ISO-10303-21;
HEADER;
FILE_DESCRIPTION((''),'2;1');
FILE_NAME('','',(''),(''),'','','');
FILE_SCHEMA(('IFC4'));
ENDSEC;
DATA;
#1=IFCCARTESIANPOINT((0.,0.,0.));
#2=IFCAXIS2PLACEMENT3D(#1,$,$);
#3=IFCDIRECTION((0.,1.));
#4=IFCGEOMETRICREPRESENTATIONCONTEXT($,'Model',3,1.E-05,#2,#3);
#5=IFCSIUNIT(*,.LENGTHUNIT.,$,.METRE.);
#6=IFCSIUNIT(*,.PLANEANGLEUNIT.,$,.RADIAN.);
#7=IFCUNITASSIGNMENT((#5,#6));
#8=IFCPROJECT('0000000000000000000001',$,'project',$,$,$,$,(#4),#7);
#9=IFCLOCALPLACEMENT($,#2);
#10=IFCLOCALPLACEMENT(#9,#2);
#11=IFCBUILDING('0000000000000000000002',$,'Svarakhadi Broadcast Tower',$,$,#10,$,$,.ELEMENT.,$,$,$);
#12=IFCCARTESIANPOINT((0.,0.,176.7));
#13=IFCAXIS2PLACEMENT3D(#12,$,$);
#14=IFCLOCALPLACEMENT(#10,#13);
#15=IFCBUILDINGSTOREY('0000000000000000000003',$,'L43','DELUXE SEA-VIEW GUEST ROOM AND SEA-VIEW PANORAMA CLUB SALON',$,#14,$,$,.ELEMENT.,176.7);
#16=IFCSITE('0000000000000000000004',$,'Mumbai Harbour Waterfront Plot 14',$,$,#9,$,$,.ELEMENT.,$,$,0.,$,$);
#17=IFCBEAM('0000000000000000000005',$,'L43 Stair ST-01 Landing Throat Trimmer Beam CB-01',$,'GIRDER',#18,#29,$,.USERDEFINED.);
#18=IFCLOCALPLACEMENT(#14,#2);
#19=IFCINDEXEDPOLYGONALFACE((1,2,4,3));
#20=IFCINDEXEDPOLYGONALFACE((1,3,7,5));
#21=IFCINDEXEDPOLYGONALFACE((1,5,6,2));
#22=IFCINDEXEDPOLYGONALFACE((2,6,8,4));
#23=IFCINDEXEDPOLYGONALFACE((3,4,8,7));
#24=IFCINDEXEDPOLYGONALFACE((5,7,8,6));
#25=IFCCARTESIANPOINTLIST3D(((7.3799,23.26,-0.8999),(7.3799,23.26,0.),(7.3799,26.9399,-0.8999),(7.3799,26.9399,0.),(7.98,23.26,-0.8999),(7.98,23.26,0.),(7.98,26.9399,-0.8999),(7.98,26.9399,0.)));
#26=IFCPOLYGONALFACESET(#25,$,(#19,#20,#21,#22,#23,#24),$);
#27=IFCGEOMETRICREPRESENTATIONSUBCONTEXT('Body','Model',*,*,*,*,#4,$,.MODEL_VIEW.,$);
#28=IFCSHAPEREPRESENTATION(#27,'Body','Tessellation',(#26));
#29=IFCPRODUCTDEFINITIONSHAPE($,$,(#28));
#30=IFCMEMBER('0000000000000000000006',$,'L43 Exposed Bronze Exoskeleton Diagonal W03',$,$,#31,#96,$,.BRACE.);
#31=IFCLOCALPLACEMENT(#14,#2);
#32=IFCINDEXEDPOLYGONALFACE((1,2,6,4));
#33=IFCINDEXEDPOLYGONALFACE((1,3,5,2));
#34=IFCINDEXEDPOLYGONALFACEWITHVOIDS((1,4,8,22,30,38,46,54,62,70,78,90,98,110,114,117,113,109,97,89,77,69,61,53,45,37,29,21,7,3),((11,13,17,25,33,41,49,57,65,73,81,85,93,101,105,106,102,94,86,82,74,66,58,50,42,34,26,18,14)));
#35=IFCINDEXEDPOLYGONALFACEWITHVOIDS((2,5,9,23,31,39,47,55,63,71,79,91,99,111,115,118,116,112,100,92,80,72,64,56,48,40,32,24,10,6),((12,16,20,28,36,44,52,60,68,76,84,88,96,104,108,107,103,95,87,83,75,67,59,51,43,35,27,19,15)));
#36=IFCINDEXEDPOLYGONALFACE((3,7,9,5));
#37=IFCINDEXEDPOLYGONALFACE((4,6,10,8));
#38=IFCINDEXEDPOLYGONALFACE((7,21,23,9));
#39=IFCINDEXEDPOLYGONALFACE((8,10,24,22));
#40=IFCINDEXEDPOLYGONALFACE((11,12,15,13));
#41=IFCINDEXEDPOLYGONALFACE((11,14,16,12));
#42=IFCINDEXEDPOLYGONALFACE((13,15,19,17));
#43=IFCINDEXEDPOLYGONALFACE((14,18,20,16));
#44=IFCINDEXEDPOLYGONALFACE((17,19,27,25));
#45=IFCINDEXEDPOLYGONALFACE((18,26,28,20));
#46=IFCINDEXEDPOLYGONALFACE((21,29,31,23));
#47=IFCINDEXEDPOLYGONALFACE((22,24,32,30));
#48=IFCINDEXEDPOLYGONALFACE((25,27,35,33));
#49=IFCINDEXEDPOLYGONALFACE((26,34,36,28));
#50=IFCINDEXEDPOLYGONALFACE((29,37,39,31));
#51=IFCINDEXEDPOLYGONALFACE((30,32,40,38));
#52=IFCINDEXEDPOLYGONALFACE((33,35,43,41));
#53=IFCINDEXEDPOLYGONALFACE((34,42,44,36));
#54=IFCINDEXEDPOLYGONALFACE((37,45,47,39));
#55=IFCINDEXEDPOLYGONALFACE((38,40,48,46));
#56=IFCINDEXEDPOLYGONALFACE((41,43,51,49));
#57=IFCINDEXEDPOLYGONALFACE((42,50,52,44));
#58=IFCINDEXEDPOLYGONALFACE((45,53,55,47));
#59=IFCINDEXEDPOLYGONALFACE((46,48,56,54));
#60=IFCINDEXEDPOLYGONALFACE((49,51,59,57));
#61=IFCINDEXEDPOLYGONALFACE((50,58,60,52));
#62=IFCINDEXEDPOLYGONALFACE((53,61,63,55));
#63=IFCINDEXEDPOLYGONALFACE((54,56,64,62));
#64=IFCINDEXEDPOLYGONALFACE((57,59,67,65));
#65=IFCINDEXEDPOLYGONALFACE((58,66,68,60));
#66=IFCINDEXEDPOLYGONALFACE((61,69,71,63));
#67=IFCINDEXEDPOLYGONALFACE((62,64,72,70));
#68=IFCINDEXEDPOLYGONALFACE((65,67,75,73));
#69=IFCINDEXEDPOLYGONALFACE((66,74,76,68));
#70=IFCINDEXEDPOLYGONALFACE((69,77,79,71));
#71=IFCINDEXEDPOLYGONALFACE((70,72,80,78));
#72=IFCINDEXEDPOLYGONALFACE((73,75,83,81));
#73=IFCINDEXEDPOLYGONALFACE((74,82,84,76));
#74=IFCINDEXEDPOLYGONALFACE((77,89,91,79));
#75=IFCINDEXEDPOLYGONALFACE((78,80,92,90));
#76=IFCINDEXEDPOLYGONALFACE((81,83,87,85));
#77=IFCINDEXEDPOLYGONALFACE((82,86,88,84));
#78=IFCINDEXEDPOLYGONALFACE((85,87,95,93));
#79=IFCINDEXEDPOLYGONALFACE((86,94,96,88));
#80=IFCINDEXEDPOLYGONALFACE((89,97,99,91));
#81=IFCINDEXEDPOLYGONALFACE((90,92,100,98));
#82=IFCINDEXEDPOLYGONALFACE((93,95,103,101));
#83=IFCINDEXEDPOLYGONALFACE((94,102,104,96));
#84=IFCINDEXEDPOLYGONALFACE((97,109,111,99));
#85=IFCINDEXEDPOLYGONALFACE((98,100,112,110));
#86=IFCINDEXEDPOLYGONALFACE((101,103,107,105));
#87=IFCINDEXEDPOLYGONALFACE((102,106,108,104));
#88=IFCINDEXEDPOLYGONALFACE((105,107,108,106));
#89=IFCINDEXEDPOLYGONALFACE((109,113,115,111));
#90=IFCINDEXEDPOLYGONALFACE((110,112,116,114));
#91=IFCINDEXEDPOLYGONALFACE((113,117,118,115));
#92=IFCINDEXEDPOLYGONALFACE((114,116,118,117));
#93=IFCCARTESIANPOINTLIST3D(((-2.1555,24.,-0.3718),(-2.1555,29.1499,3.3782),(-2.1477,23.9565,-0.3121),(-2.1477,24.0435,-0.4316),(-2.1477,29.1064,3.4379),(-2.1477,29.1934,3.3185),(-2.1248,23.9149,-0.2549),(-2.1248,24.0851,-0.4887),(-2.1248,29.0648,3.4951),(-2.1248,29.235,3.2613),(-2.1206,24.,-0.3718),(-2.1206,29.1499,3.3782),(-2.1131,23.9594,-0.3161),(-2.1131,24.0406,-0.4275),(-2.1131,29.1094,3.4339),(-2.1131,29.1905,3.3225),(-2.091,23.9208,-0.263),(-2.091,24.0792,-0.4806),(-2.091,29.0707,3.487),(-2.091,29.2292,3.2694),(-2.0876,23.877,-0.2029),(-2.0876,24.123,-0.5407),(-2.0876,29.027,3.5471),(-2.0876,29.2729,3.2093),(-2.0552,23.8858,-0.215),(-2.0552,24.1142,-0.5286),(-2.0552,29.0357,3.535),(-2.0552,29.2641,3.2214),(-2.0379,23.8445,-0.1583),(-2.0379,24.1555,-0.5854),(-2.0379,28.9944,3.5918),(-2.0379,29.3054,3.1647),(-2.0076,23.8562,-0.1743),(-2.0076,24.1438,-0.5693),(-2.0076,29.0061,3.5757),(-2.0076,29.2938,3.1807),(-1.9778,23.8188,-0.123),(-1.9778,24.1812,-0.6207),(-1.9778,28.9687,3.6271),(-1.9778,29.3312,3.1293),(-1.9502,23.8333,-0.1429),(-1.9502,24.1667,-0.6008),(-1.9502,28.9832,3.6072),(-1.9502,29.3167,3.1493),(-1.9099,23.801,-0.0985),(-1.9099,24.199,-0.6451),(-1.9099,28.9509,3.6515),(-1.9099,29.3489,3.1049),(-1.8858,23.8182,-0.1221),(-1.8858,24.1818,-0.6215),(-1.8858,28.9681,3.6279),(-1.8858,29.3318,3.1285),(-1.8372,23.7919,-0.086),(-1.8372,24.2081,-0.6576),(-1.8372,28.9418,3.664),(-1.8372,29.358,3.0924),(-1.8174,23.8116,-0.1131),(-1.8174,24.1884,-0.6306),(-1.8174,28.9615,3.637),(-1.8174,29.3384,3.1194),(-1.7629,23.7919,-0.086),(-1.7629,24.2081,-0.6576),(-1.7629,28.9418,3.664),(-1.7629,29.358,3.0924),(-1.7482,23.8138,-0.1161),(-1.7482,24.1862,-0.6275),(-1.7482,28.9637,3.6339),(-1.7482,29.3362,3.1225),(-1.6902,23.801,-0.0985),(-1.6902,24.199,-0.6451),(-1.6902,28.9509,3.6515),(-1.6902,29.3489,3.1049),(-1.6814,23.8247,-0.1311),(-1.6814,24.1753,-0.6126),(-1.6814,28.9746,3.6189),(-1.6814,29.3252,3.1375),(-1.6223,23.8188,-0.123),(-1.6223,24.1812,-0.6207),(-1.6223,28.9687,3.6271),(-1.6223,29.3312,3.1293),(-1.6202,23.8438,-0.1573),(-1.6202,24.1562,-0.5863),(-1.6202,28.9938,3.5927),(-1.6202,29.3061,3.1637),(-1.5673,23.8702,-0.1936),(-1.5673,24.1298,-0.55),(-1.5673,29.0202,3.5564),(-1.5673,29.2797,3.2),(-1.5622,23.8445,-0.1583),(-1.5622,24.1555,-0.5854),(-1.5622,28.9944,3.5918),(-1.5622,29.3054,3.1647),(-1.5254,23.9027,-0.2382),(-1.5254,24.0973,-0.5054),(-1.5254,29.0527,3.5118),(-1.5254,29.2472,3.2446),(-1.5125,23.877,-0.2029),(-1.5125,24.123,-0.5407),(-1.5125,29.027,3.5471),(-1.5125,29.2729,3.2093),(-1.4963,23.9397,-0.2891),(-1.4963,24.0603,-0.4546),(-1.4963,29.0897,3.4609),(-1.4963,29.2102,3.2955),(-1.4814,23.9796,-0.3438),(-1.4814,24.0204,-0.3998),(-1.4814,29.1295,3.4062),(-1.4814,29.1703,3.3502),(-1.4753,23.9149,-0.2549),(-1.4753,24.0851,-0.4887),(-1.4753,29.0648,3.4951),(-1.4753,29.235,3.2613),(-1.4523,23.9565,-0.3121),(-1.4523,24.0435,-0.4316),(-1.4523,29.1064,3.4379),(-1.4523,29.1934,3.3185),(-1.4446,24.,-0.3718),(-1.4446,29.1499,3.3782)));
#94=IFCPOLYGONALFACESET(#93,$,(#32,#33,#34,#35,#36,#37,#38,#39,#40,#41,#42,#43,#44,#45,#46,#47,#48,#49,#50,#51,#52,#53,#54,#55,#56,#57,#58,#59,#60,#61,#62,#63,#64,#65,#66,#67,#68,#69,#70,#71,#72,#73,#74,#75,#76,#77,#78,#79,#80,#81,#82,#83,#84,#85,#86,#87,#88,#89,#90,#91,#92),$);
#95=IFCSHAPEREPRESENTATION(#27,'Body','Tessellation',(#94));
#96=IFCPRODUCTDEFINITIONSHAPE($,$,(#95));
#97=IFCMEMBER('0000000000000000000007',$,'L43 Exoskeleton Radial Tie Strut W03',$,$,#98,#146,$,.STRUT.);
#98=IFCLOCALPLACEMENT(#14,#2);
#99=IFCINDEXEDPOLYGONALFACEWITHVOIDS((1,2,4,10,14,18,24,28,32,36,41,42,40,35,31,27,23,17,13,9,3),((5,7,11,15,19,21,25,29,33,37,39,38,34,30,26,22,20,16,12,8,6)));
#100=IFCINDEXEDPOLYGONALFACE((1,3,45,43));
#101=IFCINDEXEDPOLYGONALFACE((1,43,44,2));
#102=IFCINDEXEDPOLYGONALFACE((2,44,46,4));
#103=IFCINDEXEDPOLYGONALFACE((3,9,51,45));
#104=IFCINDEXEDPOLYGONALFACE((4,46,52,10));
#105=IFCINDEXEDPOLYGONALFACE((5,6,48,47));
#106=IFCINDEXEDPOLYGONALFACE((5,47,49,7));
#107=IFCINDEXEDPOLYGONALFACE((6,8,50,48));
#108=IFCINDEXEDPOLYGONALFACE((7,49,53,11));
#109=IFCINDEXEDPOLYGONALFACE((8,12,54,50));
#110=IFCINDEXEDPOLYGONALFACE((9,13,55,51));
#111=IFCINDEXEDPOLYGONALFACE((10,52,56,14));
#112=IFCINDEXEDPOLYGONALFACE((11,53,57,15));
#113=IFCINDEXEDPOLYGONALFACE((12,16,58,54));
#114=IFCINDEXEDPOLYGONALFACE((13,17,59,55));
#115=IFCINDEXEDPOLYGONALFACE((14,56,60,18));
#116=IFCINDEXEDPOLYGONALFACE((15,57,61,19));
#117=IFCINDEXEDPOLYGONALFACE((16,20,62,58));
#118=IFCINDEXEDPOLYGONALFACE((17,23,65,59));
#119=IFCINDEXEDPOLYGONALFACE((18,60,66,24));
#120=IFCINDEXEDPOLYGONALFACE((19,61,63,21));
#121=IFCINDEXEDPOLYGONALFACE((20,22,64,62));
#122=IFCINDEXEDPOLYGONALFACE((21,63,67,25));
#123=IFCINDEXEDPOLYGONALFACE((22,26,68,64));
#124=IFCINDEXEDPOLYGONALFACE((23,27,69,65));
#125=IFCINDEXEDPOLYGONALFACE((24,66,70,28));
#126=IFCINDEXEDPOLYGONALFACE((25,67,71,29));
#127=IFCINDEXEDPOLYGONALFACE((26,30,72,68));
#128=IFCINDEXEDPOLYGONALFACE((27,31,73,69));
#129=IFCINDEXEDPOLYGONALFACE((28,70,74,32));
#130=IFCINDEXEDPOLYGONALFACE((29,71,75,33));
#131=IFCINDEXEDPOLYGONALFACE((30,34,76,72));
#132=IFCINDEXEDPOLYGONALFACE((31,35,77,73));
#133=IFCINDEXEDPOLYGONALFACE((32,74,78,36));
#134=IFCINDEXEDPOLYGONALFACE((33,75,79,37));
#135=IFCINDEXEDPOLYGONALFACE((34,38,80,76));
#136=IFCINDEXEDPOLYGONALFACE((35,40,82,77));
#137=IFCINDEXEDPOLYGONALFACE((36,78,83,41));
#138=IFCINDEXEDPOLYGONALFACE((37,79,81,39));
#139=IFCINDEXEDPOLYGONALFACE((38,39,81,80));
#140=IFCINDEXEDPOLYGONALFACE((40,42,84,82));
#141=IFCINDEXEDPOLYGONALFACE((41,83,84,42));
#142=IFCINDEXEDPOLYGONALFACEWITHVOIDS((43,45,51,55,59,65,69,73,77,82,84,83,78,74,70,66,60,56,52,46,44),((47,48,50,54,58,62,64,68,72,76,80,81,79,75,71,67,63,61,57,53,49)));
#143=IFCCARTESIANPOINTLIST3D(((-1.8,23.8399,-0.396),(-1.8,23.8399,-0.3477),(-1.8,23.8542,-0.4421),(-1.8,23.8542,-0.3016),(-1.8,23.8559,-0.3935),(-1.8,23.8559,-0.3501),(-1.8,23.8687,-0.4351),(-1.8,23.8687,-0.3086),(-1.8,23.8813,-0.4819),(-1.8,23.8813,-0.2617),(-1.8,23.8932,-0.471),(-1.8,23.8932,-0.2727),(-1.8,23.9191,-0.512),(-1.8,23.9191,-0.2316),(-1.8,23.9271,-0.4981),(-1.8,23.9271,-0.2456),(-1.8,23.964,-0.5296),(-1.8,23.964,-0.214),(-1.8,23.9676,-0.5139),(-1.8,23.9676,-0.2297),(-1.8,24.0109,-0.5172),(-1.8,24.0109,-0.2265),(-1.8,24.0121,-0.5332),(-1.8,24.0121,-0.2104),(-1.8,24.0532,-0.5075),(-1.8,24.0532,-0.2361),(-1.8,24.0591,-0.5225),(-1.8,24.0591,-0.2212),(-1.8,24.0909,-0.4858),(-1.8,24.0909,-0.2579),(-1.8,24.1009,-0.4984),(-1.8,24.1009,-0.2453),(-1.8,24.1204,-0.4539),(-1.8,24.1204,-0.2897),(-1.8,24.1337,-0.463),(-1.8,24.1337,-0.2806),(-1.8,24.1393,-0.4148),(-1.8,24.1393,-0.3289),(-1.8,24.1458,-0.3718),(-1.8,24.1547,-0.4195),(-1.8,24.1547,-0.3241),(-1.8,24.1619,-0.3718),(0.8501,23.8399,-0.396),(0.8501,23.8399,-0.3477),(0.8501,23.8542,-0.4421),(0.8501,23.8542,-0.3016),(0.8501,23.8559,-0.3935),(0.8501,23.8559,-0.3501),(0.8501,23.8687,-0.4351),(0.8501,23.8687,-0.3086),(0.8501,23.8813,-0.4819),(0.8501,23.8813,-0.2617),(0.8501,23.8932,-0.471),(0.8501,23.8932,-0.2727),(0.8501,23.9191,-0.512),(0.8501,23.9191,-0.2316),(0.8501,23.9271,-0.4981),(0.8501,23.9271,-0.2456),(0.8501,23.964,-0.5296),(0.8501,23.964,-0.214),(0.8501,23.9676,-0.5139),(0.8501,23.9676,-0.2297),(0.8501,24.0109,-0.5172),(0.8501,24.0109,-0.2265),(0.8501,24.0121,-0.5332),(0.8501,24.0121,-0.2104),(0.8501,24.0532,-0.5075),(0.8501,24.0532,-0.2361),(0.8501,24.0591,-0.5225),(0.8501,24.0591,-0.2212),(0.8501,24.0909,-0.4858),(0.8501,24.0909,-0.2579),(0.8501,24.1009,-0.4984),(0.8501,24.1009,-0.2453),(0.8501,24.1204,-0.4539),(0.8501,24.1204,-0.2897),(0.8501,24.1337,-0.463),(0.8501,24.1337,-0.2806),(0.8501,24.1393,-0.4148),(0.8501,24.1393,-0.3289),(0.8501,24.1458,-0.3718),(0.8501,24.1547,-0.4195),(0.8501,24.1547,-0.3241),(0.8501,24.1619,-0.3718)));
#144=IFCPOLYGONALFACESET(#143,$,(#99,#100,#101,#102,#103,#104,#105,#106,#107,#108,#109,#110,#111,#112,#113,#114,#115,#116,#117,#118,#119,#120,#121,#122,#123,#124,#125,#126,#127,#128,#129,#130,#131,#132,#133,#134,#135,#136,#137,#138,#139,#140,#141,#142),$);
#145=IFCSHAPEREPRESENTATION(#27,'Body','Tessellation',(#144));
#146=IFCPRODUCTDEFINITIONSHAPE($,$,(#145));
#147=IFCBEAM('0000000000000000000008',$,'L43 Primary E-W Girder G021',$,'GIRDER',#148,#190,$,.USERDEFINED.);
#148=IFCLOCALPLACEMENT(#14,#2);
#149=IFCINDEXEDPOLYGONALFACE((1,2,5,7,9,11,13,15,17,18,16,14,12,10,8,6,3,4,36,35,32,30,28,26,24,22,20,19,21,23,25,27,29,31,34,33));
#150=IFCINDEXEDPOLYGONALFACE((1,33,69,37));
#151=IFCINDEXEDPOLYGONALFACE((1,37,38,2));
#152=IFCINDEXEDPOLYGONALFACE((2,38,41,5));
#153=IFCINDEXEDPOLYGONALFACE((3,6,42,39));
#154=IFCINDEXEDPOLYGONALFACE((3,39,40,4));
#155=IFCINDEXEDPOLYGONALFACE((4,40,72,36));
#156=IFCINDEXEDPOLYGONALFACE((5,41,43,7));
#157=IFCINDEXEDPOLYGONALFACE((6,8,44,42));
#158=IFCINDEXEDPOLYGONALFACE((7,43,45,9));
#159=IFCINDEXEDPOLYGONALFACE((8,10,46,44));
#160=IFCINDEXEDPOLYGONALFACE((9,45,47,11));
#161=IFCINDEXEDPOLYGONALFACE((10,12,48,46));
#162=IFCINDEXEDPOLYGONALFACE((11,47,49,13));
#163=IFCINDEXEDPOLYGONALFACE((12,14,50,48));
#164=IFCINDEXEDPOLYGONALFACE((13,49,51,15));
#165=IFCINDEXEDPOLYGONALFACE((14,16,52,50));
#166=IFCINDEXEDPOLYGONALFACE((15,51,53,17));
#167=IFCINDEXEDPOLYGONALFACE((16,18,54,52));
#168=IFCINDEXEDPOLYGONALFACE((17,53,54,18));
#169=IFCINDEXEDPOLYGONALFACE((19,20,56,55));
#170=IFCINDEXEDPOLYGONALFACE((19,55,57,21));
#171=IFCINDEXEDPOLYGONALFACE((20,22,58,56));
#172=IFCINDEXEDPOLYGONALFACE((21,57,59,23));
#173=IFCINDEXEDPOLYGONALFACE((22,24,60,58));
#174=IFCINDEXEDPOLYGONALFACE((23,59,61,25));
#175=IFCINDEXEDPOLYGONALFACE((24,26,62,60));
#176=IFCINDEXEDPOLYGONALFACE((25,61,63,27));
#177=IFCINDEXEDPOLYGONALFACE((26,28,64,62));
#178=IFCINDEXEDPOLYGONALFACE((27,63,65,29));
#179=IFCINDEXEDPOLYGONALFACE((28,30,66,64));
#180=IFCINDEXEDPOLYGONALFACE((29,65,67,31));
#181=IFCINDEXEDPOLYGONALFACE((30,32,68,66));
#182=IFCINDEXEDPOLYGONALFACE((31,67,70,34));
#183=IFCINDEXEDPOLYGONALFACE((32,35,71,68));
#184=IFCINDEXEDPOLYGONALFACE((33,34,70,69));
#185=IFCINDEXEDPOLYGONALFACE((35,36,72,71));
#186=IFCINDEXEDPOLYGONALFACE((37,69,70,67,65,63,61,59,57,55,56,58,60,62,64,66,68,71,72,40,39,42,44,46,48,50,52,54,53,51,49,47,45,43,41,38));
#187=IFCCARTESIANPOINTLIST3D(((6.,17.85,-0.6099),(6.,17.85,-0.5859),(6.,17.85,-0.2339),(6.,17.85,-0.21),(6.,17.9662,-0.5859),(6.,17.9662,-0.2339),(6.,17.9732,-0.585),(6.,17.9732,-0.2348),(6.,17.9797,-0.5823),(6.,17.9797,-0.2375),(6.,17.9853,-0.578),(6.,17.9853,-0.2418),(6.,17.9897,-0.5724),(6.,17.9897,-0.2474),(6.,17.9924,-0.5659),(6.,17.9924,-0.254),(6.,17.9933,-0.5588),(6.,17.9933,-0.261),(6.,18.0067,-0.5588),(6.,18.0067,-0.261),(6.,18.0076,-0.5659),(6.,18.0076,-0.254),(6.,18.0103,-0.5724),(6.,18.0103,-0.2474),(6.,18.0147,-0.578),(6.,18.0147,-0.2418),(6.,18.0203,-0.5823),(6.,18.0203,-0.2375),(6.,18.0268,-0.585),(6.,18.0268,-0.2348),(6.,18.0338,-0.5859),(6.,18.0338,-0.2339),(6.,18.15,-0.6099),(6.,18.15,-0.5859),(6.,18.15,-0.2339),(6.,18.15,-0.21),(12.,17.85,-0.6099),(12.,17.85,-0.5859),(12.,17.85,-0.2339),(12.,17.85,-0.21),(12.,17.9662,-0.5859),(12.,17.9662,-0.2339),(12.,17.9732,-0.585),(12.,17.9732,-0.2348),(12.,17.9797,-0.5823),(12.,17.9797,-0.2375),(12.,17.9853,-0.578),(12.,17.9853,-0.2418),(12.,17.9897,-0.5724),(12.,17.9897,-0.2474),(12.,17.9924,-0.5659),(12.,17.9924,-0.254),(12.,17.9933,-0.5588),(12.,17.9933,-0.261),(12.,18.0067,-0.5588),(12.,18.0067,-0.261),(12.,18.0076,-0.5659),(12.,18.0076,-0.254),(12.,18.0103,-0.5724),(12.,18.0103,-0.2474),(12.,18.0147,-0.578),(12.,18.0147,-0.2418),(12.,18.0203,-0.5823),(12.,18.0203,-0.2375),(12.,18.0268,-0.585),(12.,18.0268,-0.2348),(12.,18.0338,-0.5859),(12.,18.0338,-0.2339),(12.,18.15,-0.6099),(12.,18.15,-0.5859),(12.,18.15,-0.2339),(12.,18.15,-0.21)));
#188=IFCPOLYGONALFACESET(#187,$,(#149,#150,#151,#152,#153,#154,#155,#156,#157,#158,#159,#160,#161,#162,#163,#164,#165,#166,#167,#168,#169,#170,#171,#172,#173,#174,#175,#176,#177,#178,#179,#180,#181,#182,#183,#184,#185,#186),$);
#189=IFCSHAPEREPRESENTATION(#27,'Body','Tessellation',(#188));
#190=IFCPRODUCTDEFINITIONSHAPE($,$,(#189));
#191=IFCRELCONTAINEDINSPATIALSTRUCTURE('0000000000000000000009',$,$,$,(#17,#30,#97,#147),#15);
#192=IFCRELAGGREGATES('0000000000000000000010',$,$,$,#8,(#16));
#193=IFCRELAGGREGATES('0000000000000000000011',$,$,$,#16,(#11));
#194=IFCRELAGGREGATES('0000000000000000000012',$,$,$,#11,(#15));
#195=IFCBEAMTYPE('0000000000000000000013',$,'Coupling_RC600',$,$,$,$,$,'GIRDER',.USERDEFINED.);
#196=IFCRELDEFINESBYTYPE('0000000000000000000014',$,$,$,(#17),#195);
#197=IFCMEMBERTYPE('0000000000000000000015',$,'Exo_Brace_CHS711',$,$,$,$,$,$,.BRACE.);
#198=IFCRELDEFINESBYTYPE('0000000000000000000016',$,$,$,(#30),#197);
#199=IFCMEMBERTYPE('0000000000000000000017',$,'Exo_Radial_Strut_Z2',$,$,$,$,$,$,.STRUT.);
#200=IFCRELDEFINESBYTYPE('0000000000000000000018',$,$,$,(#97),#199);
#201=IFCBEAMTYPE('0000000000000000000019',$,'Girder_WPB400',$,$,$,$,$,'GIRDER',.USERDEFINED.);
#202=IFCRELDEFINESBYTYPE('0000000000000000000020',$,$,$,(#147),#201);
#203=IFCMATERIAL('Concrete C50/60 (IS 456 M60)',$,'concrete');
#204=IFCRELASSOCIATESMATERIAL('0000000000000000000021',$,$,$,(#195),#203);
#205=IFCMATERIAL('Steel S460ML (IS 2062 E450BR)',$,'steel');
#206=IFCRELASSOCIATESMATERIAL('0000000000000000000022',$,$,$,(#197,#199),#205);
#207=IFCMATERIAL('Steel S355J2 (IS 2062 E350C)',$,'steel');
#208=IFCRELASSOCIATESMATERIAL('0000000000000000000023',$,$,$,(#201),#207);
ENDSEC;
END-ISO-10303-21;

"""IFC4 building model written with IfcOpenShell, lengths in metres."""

from ifc_helpers import new_model, si_unit, direction, frame, origin, origin_2d, place, context, subcontext, project, spatial, rectangle, hollow_circle, i_section, extrude, material, material_profile, profile_set, type_object, element, save


model = new_model("IFC4")

# Units and contexts
model_context = context("Model", 3, precision=1e-05, world=origin(), true_north=direction((0.0, 1.0)))
body_context = subcontext(model_context, "Body", "Model", "MODEL_VIEW")
ifc_project = project(units=[si_unit("LENGTHUNIT", "METRE"), si_unit("PLANEANGLEUNIT", "RADIAN")], contexts=[model_context])

# Site, building, storey
site_placement = place(None, origin())
site = spatial("IfcSite", under=ifc_project, at=site_placement, Name="Mumbai Harbour Waterfront Plot 14", CompositionType="ELEMENT", RefElevation=0.0)
building_placement = place(site_placement, origin())
building = spatial("IfcBuilding", under=site, at=building_placement, Name="Svarakhadi Broadcast Tower", CompositionType="ELEMENT")
storey_placement = place(building_placement, frame((0.0, 0.0, 176.7)))
storey = spatial("IfcBuildingStorey", under=building, at=storey_placement, Name="L43", Description="DELUXE SEA-VIEW GUEST ROOM AND SEA-VIEW PANORAMA CLUB SALON", CompositionType="ELEMENT", Elevation=176.7)

# Shared definitions
ifc_material_1 = material(Name="Concrete C50/60 (IS 456 M60)", Category="concrete")

# Shared definitions
ifc_material_2 = material(Name="Steel S355J2 (IS 2062 E350C)", Category="steel")

# Beam
ifc_material_profile_1 = material_profile(ifc_material_1, rectangle(XDim=0.6001, YDim=0.8999, at=origin_2d()), Name="RC 600x900")
ifc_profile_set_1 = profile_set([ifc_material_profile_1], Name="Concrete C50/60 (IS 456 M60)")
beam_type_1 = type_object("IfcBeamType", Name="Coupling_RC600", ElementType="GIRDER", PredefinedType="USERDEFINED", material=ifc_profile_set_1)
beam_1_placement = place(storey_placement, frame((7.6799, 23.26, -0.45), z_axis=(0.0, 1.0, 0.0), x_axis=(-1.0, 0.0, 0.0)))
element("IfcBeam", 1, at=beam_1_placement, inside=storey, type_object=beam_type_1, Name="L43 Stair ST-01 Landing Throat Trimmer Beam CB-01", ObjectType="GIRDER", PredefinedType="USERDEFINED", context=body_context, shape_type="SweptSolid", body=[
    extrude(rectangle(XDim=0.6001, YDim=0.8999, at=origin_2d()), origin(), (0.0, 0.0, 1.0), 3.6799),
])

# Members
ifc_material_3 = material(Name="Steel S460ML (IS 2062 E450BR)", Category="steel")
ifc_material_profile_2 = material_profile(ifc_material_3, hollow_circle(Radius=0.3555, WallThickness=0.0349, at=origin_2d()), Name="CHS 711x35")
ifc_profile_set_2 = profile_set([ifc_material_profile_2], Name="Steel S460ML (IS 2062 E450BR)")
member_type_1 = type_object("IfcMemberType", Name="Exo_Brace_CHS711", PredefinedType="BRACE", material=ifc_profile_set_2)
member_1_placement = place(storey_placement, frame((-1.8, 24.0, -0.3718), z_axis=(0.0, 0.808391, 0.588646), x_axis=(-1.0, 0.0, 0.0)))
element("IfcMember", 2, at=member_1_placement, inside=storey, type_object=member_type_1, Name="L43 Exposed Bronze Exoskeleton Diagonal W03", PredefinedType="BRACE", context=body_context, shape_type="SweptSolid", body=[
    extrude(hollow_circle(Radius=0.3555, WallThickness=0.0349, at=origin_2d()), origin(), (0.0, 0.0, 1.0), 6.3706),
])
ifc_material_profile_3 = material_profile(ifc_material_3, hollow_circle(Radius=0.1619, WallThickness=0.0161, at=origin_2d()), Name="CHS 323.9x16")
ifc_profile_set_3 = profile_set([ifc_material_profile_3], Name="Steel S460ML (IS 2062 E450BR)")
member_type_2 = type_object("IfcMemberType", Name="Exo_Radial_Strut_Z2", PredefinedType="STRUT", material=ifc_profile_set_3)
member_2_placement = place(storey_placement, frame((-1.8, 24.0, -0.3718), z_axis=(1.0, 0.0, 0.0), x_axis=(0.0, 1.0, 0.0)))
element("IfcMember", 3, at=member_2_placement, inside=storey, type_object=member_type_2, Name="L43 Exoskeleton Radial Tie Strut W03", PredefinedType="STRUT", context=body_context, shape_type="SweptSolid", body=[
    extrude(hollow_circle(Radius=0.1619, WallThickness=0.0161, at=origin_2d()), origin(), (0.0, 0.0, 1.0), 2.6501),
])

# Beam
ifc_material_profile_4 = material_profile(ifc_material_2, i_section(OverallWidth=0.3, OverallDepth=0.3999, WebThickness=0.0134, FlangeThickness=0.0239, FilletRadius=0.0271, at=origin_2d()), Name="WPB 400x300x155")
ifc_profile_set_4 = profile_set([ifc_material_profile_4], Name="Steel S355J2 (IS 2062 E350C)")
beam_type_2 = type_object("IfcBeamType", Name="Girder_WPB400", ElementType="GIRDER", PredefinedType="USERDEFINED", material=ifc_profile_set_4)
beam_2_placement = place(storey_placement, frame((6.0, 18.0, -0.4099), z_axis=(1.0, 0.0, 0.0), x_axis=(0.0, 1.0, 0.0)))
element("IfcBeam", 4, at=beam_2_placement, inside=storey, type_object=beam_type_2, Name="L43 Primary E-W Girder G021", ObjectType="GIRDER", PredefinedType="USERDEFINED", context=body_context, shape_type="SweptSolid", body=[
    extrude(i_section(OverallWidth=0.3, OverallDepth=0.3999, WebThickness=0.0134, FlangeThickness=0.0239, FilletRadius=0.0271, at=origin_2d()), origin(), (0.0, 0.0, 1.0), 6.0),
])

save(model, "model.ifc")
